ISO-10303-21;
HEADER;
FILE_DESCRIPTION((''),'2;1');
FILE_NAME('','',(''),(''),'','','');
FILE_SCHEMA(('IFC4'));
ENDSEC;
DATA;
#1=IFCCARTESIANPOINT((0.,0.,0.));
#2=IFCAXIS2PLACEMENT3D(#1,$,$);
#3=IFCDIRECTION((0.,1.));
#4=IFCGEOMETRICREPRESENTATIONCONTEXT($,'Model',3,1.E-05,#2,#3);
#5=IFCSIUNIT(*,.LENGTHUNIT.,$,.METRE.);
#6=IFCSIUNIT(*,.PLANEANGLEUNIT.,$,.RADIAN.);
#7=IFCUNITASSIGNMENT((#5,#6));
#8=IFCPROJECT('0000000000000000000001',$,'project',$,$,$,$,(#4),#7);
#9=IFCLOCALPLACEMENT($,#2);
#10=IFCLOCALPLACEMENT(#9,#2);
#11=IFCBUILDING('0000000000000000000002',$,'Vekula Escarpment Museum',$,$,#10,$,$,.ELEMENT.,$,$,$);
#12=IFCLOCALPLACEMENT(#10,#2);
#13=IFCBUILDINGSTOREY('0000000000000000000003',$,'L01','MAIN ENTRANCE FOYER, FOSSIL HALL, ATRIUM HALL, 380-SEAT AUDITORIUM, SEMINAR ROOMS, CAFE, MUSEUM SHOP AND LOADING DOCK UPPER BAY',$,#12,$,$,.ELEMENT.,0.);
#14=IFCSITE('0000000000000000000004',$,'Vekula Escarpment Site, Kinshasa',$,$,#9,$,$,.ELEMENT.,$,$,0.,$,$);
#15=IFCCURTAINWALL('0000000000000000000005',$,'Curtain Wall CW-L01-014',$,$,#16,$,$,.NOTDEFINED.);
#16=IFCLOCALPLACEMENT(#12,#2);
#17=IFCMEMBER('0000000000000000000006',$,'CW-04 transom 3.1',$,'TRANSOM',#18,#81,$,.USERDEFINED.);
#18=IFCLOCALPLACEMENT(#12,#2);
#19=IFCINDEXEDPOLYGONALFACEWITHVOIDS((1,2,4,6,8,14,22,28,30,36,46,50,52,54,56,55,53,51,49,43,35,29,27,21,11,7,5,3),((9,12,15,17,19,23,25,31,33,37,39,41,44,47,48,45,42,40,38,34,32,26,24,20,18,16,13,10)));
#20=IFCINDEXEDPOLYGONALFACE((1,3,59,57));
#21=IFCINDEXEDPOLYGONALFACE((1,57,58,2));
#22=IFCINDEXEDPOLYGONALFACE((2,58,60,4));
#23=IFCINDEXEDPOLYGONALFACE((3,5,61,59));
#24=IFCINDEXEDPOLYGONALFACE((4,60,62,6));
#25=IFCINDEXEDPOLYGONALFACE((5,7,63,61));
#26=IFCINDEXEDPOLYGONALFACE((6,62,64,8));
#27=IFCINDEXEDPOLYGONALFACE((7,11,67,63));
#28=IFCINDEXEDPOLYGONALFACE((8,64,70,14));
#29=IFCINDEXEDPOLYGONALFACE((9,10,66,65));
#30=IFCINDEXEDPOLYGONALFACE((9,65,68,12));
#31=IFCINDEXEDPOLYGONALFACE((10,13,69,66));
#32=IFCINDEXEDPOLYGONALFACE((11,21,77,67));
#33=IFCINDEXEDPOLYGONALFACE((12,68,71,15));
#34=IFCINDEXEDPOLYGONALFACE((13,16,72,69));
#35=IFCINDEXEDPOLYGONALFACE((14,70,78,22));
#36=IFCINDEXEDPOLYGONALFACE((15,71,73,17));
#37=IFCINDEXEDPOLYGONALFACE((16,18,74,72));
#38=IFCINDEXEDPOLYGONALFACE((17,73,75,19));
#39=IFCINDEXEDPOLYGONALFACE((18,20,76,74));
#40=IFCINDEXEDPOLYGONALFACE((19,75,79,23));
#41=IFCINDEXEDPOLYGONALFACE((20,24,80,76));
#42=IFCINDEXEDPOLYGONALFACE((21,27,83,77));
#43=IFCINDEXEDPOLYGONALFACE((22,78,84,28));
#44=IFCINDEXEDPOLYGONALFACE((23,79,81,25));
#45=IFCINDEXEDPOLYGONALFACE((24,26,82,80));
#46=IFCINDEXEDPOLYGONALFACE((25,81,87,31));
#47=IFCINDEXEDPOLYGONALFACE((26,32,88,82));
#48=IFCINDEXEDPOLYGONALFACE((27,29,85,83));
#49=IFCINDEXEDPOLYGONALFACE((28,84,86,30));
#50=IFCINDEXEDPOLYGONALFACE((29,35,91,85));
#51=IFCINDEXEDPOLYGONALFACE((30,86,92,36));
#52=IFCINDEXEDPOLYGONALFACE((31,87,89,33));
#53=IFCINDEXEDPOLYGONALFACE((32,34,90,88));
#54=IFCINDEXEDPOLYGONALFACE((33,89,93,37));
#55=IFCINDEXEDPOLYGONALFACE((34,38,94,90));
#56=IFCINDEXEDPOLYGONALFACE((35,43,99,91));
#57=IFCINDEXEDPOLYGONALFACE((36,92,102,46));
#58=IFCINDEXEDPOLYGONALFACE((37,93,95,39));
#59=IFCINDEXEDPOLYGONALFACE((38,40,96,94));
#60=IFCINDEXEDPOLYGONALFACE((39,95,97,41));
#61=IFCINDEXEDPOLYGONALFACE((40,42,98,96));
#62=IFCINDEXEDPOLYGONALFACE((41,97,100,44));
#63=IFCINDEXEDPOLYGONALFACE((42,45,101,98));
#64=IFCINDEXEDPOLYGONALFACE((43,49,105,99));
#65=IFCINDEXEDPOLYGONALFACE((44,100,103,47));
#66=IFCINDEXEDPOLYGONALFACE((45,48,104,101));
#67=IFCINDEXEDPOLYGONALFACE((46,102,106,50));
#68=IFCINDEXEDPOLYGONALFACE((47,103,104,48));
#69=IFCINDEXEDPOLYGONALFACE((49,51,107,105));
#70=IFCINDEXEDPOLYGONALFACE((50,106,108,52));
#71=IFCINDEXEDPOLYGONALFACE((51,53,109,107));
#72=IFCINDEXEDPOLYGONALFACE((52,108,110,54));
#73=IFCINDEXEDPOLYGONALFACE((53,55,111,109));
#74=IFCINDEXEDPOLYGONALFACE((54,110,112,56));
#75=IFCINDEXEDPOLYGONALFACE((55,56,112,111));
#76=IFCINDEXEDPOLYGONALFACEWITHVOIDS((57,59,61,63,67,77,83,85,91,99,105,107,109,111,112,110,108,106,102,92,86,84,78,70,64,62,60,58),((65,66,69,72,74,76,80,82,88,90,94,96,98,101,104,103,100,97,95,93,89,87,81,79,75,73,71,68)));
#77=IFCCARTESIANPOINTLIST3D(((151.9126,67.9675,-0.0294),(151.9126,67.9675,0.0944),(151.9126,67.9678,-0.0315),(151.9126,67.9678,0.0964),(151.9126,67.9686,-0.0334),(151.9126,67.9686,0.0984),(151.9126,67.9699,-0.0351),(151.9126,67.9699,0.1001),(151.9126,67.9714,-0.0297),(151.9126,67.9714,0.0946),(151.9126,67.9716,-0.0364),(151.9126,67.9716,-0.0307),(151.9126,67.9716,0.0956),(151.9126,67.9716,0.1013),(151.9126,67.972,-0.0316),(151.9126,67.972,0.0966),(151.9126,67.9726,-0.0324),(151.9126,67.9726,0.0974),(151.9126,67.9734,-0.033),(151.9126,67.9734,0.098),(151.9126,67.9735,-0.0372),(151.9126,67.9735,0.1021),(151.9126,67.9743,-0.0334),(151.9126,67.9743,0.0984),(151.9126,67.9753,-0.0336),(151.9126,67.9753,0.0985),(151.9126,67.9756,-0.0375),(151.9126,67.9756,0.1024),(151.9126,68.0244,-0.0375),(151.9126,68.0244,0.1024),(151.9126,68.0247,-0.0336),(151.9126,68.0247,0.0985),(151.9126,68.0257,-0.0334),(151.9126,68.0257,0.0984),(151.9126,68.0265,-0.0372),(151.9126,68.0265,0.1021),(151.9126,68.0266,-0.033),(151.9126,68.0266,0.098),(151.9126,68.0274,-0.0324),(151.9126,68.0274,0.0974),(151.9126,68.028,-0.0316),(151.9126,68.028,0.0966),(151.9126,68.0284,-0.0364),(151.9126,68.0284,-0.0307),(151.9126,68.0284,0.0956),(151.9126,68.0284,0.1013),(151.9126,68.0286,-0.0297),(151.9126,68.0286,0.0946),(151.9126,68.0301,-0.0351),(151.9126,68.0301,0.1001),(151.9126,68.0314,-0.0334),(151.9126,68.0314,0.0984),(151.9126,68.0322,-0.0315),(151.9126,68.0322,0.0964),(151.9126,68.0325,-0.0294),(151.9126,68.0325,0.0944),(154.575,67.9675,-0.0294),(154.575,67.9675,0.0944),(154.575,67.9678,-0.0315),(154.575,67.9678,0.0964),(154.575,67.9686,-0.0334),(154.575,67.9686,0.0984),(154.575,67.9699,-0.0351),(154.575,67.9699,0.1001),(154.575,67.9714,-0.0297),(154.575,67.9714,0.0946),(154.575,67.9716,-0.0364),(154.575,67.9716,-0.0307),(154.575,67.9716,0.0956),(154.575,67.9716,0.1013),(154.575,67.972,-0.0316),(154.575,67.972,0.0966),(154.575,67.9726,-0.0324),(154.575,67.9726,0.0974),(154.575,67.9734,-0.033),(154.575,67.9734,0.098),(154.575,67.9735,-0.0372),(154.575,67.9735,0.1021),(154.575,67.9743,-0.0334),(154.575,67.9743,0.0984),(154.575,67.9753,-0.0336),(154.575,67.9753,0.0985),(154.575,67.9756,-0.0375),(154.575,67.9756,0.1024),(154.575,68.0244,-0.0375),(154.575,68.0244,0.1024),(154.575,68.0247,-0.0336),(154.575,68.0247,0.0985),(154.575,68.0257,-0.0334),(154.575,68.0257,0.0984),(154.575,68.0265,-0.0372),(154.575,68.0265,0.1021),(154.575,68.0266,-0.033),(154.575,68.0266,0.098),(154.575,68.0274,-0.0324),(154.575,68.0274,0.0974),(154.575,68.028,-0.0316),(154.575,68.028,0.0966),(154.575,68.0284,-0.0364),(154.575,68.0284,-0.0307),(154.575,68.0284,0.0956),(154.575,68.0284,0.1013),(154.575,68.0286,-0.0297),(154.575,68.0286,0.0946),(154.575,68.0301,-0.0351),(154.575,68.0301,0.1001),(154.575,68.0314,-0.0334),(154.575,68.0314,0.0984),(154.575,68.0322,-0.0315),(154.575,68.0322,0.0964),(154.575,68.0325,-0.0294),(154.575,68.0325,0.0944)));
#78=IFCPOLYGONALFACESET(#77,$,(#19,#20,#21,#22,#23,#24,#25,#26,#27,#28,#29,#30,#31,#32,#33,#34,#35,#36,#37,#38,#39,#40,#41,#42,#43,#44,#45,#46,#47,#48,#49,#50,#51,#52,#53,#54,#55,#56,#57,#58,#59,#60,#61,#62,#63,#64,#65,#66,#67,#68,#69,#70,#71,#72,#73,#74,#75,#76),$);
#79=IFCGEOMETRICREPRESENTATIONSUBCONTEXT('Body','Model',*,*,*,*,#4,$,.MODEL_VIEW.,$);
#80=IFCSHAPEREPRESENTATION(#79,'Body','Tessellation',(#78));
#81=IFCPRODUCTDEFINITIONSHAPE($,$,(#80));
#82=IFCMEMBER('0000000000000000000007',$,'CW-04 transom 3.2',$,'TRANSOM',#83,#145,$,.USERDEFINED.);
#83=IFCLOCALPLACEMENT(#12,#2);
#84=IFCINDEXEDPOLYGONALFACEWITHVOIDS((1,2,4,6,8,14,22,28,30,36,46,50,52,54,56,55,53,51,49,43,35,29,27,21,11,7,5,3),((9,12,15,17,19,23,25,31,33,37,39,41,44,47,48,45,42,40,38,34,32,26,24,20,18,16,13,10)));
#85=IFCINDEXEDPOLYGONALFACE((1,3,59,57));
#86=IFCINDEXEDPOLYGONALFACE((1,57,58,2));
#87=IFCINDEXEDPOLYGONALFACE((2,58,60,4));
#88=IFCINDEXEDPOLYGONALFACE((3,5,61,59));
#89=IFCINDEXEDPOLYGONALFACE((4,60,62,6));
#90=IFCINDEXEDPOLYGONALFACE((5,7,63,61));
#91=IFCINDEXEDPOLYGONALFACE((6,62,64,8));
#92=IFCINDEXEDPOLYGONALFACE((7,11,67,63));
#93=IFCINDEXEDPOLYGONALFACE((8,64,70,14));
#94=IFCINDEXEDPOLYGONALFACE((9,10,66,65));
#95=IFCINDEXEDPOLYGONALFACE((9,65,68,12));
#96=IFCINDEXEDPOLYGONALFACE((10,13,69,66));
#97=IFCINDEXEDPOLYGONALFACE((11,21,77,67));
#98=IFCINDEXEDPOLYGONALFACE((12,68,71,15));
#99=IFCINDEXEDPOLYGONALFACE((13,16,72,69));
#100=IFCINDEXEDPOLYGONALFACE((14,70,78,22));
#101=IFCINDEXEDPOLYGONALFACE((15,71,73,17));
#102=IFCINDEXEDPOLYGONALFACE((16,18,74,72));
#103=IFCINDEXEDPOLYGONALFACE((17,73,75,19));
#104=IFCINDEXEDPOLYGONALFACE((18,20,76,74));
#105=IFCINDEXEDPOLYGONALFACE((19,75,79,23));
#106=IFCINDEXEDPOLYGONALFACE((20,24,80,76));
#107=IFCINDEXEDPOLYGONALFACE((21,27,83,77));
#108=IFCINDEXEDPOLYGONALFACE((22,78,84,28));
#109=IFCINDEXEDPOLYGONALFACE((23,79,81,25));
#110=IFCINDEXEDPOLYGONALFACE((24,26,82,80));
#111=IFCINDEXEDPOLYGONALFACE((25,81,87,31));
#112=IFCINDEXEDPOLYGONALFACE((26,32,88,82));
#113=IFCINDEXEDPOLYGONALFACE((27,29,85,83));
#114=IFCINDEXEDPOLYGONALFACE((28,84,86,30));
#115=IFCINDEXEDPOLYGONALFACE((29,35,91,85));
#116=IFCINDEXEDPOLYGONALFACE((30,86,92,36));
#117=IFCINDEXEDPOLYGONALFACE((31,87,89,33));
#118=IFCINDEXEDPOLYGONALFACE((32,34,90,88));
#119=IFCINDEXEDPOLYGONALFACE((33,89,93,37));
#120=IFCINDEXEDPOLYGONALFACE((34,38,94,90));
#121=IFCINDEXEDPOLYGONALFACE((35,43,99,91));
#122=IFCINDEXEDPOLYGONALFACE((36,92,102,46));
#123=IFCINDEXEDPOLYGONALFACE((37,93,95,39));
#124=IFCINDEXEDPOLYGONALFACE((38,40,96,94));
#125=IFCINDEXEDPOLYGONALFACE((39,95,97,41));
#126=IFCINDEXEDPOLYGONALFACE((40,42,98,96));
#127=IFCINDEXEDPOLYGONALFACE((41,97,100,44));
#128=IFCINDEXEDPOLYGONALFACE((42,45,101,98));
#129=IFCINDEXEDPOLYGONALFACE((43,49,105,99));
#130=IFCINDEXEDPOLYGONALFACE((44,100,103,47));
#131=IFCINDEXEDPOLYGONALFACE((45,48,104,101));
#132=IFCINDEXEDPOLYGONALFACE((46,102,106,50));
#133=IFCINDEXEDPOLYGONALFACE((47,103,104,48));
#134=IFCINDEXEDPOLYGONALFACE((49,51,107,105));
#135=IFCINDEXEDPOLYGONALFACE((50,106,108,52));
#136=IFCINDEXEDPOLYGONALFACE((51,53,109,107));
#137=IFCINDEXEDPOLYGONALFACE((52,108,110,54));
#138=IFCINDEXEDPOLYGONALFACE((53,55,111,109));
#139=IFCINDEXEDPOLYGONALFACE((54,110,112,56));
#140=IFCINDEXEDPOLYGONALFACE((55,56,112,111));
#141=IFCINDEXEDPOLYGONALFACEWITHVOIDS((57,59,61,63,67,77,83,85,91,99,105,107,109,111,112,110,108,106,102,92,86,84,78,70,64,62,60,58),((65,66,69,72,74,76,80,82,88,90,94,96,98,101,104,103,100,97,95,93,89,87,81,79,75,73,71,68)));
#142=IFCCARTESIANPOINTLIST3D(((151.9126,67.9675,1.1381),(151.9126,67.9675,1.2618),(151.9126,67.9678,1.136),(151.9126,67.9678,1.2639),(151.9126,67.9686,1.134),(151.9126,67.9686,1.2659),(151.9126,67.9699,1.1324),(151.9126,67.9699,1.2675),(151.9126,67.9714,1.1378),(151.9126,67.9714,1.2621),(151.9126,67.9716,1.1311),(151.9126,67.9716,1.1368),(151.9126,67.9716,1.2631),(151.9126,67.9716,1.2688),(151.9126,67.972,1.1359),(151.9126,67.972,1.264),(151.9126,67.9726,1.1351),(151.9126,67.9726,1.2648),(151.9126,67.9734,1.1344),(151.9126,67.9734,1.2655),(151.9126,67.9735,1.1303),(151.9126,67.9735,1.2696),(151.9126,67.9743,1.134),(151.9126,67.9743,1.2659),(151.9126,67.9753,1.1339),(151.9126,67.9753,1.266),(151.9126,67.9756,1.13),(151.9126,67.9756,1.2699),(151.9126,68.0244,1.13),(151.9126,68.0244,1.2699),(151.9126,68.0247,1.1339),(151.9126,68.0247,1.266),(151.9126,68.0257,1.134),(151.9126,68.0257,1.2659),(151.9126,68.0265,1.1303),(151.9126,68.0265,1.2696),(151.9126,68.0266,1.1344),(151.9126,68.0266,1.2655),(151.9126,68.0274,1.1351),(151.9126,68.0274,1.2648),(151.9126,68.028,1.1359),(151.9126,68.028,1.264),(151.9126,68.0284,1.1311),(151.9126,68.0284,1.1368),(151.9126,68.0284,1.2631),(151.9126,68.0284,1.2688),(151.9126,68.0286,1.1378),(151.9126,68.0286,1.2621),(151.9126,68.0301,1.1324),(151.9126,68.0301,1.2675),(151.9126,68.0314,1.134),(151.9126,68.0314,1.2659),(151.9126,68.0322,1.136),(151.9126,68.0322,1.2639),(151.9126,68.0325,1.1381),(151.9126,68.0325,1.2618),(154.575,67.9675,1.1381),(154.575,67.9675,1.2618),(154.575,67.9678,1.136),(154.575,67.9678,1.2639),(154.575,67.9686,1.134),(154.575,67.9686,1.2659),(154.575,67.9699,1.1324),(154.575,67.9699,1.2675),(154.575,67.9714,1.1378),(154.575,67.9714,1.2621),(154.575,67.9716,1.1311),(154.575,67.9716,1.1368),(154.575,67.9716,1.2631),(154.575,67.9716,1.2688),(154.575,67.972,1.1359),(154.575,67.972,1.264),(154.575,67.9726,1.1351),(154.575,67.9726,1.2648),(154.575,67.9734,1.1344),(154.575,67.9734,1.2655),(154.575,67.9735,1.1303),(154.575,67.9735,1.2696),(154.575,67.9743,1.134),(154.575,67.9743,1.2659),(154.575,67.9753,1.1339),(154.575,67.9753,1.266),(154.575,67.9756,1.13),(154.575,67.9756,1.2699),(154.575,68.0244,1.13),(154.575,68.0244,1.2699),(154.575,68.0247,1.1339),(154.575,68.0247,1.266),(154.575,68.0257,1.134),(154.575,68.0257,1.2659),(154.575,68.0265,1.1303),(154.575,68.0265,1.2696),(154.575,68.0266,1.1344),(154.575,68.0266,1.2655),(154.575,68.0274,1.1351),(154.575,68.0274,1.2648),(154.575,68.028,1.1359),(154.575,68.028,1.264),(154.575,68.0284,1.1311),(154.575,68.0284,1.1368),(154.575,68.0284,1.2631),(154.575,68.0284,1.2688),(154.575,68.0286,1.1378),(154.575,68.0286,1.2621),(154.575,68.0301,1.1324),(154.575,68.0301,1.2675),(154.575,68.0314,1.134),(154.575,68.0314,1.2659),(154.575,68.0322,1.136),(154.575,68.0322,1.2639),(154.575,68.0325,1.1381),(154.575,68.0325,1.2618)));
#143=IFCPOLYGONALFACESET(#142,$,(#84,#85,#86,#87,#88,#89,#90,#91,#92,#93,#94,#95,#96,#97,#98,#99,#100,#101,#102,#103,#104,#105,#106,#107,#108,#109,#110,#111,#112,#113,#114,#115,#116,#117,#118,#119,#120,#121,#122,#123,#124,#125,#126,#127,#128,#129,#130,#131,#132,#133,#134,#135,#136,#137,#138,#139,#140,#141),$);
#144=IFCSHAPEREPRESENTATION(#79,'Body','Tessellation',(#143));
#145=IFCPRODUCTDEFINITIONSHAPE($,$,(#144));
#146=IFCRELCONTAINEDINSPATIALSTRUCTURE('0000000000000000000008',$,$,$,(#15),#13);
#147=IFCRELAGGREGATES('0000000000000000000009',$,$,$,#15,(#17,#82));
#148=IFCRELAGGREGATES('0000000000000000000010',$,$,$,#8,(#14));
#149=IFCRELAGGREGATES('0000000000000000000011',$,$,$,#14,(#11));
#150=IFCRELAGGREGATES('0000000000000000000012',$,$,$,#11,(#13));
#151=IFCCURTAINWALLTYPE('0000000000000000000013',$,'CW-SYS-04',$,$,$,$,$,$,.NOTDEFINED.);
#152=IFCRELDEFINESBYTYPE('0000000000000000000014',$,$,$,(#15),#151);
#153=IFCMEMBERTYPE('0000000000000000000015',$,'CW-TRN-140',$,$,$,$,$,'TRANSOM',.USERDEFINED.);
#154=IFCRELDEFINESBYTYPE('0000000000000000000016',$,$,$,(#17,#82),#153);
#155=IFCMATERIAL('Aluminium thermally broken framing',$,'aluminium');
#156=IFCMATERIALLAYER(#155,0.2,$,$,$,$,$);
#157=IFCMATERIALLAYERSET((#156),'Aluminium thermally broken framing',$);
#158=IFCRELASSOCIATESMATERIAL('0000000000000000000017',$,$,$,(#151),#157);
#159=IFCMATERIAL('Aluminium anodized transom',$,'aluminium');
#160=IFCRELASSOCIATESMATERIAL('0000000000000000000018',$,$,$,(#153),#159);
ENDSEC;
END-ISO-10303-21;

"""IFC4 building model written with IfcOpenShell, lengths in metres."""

from ifc_helpers import new_model, si_unit, direction, frame, origin, origin_2d, place, context, subcontext, project, spatial, hollow_rectangle, extrude, material, layer, layer_set, material_profile, profile_set, type_object, element, aggregate, save


model = new_model("IFC4")

# Units and contexts
model_context = context("Model", 3, precision=1e-05, world=origin(), true_north=direction((0.0, 1.0)))
body_context = subcontext(model_context, "Body", "Model", "MODEL_VIEW")
ifc_project = project(units=[si_unit("LENGTHUNIT", "METRE"), si_unit("PLANEANGLEUNIT", "RADIAN")], contexts=[model_context])

# Site, building, storey
site_placement = place(None, origin())
site = spatial("IfcSite", under=ifc_project, at=site_placement, Name="Vekula Escarpment Site, Kinshasa", CompositionType="ELEMENT", RefElevation=0.0)
building_placement = place(site_placement, origin())
building = spatial("IfcBuilding", under=site, at=building_placement, Name="Vekula Escarpment Museum", CompositionType="ELEMENT")
storey_placement = place(building_placement, origin())
storey = spatial("IfcBuildingStorey", under=building, at=storey_placement, Name="L01", Description="MAIN ENTRANCE FOYER, FOSSIL HALL, ATRIUM HALL, 380-SEAT AUDITORIUM, SEMINAR ROOMS, CAFE, MUSEUM SHOP AND LOADING DOCK UPPER BAY", CompositionType="ELEMENT", Elevation=0.0)

# Curtain wall
ifc_material_1 = material(Name="Aluminium thermally broken framing", Category="aluminium")
ifc_layer_1 = layer(ifc_material_1, 0.2)
ifc_layer_set_1 = layer_set([ifc_layer_1], Name="Aluminium thermally broken framing")
curtain_wall_type_1 = type_object("IfcCurtainWallType", Name="CW-SYS-04", PredefinedType="NOTDEFINED", material=ifc_layer_set_1)
curtain_wall_1_placement = place(storey_placement, origin())
curtain_wall_1 = element("IfcCurtainWall", 1, at=curtain_wall_1_placement, inside=storey, type_object=curtain_wall_type_1, Name="Curtain Wall CW-L01-014", PredefinedType="NOTDEFINED")

# Members
ifc_material_2 = material(Name="Aluminium anodized transom", Category="aluminium")
ifc_material_profile_1 = material_profile(ifc_material_2, hollow_rectangle(XDim=0.0649, YDim=0.1399, WallThickness=0.0039, InnerFilletRadius=0.0039, OuterFilletRadius=0.0081, at=origin_2d()), Name="ALU 140x65x4")
ifc_profile_set_1 = profile_set([ifc_material_profile_1], Name="Aluminium anodized transom")
member_type_1 = type_object("IfcMemberType", Name="CW-TRN-140", ElementType="TRANSOM", PredefinedType="USERDEFINED", material=ifc_profile_set_1)
member_1_placement = place(storey_placement, frame((151.9126, 68.0, 0.0325), z_axis=(1.0, 0.0, 0.0), x_axis=(0.0, 1.0, 0.0)))
member_1 = element("IfcMember", 2, at=member_1_placement, type_object=member_type_1, Name="CW-04 transom 3.1", ObjectType="TRANSOM", PredefinedType="USERDEFINED", context=body_context, shape_type="SweptSolid", body=[
    extrude(hollow_rectangle(XDim=0.0649, YDim=0.1399, WallThickness=0.0039, InnerFilletRadius=0.0039, OuterFilletRadius=0.0081, at=origin_2d()), origin(), (0.0, 0.0, 1.0), 2.6624),
])
member_2_placement = place(storey_placement, frame((151.9126, 68.0, 1.2), z_axis=(1.0, 0.0, 0.0), x_axis=(0.0, 1.0, 0.0)))
member_2 = element("IfcMember", 3, at=member_2_placement, type_object=member_type_1, Name="CW-04 transom 3.2", ObjectType="TRANSOM", PredefinedType="USERDEFINED", context=body_context, shape_type="SweptSolid", body=[
    extrude(hollow_rectangle(XDim=0.0649, YDim=0.1399, WallThickness=0.0039, InnerFilletRadius=0.0039, OuterFilletRadius=0.0081, at=origin_2d()), origin(), (0.0, 0.0, 1.0), 2.6624),
])

aggregate(curtain_wall_1, [member_1, member_2])

save(model, "model.ifc")
